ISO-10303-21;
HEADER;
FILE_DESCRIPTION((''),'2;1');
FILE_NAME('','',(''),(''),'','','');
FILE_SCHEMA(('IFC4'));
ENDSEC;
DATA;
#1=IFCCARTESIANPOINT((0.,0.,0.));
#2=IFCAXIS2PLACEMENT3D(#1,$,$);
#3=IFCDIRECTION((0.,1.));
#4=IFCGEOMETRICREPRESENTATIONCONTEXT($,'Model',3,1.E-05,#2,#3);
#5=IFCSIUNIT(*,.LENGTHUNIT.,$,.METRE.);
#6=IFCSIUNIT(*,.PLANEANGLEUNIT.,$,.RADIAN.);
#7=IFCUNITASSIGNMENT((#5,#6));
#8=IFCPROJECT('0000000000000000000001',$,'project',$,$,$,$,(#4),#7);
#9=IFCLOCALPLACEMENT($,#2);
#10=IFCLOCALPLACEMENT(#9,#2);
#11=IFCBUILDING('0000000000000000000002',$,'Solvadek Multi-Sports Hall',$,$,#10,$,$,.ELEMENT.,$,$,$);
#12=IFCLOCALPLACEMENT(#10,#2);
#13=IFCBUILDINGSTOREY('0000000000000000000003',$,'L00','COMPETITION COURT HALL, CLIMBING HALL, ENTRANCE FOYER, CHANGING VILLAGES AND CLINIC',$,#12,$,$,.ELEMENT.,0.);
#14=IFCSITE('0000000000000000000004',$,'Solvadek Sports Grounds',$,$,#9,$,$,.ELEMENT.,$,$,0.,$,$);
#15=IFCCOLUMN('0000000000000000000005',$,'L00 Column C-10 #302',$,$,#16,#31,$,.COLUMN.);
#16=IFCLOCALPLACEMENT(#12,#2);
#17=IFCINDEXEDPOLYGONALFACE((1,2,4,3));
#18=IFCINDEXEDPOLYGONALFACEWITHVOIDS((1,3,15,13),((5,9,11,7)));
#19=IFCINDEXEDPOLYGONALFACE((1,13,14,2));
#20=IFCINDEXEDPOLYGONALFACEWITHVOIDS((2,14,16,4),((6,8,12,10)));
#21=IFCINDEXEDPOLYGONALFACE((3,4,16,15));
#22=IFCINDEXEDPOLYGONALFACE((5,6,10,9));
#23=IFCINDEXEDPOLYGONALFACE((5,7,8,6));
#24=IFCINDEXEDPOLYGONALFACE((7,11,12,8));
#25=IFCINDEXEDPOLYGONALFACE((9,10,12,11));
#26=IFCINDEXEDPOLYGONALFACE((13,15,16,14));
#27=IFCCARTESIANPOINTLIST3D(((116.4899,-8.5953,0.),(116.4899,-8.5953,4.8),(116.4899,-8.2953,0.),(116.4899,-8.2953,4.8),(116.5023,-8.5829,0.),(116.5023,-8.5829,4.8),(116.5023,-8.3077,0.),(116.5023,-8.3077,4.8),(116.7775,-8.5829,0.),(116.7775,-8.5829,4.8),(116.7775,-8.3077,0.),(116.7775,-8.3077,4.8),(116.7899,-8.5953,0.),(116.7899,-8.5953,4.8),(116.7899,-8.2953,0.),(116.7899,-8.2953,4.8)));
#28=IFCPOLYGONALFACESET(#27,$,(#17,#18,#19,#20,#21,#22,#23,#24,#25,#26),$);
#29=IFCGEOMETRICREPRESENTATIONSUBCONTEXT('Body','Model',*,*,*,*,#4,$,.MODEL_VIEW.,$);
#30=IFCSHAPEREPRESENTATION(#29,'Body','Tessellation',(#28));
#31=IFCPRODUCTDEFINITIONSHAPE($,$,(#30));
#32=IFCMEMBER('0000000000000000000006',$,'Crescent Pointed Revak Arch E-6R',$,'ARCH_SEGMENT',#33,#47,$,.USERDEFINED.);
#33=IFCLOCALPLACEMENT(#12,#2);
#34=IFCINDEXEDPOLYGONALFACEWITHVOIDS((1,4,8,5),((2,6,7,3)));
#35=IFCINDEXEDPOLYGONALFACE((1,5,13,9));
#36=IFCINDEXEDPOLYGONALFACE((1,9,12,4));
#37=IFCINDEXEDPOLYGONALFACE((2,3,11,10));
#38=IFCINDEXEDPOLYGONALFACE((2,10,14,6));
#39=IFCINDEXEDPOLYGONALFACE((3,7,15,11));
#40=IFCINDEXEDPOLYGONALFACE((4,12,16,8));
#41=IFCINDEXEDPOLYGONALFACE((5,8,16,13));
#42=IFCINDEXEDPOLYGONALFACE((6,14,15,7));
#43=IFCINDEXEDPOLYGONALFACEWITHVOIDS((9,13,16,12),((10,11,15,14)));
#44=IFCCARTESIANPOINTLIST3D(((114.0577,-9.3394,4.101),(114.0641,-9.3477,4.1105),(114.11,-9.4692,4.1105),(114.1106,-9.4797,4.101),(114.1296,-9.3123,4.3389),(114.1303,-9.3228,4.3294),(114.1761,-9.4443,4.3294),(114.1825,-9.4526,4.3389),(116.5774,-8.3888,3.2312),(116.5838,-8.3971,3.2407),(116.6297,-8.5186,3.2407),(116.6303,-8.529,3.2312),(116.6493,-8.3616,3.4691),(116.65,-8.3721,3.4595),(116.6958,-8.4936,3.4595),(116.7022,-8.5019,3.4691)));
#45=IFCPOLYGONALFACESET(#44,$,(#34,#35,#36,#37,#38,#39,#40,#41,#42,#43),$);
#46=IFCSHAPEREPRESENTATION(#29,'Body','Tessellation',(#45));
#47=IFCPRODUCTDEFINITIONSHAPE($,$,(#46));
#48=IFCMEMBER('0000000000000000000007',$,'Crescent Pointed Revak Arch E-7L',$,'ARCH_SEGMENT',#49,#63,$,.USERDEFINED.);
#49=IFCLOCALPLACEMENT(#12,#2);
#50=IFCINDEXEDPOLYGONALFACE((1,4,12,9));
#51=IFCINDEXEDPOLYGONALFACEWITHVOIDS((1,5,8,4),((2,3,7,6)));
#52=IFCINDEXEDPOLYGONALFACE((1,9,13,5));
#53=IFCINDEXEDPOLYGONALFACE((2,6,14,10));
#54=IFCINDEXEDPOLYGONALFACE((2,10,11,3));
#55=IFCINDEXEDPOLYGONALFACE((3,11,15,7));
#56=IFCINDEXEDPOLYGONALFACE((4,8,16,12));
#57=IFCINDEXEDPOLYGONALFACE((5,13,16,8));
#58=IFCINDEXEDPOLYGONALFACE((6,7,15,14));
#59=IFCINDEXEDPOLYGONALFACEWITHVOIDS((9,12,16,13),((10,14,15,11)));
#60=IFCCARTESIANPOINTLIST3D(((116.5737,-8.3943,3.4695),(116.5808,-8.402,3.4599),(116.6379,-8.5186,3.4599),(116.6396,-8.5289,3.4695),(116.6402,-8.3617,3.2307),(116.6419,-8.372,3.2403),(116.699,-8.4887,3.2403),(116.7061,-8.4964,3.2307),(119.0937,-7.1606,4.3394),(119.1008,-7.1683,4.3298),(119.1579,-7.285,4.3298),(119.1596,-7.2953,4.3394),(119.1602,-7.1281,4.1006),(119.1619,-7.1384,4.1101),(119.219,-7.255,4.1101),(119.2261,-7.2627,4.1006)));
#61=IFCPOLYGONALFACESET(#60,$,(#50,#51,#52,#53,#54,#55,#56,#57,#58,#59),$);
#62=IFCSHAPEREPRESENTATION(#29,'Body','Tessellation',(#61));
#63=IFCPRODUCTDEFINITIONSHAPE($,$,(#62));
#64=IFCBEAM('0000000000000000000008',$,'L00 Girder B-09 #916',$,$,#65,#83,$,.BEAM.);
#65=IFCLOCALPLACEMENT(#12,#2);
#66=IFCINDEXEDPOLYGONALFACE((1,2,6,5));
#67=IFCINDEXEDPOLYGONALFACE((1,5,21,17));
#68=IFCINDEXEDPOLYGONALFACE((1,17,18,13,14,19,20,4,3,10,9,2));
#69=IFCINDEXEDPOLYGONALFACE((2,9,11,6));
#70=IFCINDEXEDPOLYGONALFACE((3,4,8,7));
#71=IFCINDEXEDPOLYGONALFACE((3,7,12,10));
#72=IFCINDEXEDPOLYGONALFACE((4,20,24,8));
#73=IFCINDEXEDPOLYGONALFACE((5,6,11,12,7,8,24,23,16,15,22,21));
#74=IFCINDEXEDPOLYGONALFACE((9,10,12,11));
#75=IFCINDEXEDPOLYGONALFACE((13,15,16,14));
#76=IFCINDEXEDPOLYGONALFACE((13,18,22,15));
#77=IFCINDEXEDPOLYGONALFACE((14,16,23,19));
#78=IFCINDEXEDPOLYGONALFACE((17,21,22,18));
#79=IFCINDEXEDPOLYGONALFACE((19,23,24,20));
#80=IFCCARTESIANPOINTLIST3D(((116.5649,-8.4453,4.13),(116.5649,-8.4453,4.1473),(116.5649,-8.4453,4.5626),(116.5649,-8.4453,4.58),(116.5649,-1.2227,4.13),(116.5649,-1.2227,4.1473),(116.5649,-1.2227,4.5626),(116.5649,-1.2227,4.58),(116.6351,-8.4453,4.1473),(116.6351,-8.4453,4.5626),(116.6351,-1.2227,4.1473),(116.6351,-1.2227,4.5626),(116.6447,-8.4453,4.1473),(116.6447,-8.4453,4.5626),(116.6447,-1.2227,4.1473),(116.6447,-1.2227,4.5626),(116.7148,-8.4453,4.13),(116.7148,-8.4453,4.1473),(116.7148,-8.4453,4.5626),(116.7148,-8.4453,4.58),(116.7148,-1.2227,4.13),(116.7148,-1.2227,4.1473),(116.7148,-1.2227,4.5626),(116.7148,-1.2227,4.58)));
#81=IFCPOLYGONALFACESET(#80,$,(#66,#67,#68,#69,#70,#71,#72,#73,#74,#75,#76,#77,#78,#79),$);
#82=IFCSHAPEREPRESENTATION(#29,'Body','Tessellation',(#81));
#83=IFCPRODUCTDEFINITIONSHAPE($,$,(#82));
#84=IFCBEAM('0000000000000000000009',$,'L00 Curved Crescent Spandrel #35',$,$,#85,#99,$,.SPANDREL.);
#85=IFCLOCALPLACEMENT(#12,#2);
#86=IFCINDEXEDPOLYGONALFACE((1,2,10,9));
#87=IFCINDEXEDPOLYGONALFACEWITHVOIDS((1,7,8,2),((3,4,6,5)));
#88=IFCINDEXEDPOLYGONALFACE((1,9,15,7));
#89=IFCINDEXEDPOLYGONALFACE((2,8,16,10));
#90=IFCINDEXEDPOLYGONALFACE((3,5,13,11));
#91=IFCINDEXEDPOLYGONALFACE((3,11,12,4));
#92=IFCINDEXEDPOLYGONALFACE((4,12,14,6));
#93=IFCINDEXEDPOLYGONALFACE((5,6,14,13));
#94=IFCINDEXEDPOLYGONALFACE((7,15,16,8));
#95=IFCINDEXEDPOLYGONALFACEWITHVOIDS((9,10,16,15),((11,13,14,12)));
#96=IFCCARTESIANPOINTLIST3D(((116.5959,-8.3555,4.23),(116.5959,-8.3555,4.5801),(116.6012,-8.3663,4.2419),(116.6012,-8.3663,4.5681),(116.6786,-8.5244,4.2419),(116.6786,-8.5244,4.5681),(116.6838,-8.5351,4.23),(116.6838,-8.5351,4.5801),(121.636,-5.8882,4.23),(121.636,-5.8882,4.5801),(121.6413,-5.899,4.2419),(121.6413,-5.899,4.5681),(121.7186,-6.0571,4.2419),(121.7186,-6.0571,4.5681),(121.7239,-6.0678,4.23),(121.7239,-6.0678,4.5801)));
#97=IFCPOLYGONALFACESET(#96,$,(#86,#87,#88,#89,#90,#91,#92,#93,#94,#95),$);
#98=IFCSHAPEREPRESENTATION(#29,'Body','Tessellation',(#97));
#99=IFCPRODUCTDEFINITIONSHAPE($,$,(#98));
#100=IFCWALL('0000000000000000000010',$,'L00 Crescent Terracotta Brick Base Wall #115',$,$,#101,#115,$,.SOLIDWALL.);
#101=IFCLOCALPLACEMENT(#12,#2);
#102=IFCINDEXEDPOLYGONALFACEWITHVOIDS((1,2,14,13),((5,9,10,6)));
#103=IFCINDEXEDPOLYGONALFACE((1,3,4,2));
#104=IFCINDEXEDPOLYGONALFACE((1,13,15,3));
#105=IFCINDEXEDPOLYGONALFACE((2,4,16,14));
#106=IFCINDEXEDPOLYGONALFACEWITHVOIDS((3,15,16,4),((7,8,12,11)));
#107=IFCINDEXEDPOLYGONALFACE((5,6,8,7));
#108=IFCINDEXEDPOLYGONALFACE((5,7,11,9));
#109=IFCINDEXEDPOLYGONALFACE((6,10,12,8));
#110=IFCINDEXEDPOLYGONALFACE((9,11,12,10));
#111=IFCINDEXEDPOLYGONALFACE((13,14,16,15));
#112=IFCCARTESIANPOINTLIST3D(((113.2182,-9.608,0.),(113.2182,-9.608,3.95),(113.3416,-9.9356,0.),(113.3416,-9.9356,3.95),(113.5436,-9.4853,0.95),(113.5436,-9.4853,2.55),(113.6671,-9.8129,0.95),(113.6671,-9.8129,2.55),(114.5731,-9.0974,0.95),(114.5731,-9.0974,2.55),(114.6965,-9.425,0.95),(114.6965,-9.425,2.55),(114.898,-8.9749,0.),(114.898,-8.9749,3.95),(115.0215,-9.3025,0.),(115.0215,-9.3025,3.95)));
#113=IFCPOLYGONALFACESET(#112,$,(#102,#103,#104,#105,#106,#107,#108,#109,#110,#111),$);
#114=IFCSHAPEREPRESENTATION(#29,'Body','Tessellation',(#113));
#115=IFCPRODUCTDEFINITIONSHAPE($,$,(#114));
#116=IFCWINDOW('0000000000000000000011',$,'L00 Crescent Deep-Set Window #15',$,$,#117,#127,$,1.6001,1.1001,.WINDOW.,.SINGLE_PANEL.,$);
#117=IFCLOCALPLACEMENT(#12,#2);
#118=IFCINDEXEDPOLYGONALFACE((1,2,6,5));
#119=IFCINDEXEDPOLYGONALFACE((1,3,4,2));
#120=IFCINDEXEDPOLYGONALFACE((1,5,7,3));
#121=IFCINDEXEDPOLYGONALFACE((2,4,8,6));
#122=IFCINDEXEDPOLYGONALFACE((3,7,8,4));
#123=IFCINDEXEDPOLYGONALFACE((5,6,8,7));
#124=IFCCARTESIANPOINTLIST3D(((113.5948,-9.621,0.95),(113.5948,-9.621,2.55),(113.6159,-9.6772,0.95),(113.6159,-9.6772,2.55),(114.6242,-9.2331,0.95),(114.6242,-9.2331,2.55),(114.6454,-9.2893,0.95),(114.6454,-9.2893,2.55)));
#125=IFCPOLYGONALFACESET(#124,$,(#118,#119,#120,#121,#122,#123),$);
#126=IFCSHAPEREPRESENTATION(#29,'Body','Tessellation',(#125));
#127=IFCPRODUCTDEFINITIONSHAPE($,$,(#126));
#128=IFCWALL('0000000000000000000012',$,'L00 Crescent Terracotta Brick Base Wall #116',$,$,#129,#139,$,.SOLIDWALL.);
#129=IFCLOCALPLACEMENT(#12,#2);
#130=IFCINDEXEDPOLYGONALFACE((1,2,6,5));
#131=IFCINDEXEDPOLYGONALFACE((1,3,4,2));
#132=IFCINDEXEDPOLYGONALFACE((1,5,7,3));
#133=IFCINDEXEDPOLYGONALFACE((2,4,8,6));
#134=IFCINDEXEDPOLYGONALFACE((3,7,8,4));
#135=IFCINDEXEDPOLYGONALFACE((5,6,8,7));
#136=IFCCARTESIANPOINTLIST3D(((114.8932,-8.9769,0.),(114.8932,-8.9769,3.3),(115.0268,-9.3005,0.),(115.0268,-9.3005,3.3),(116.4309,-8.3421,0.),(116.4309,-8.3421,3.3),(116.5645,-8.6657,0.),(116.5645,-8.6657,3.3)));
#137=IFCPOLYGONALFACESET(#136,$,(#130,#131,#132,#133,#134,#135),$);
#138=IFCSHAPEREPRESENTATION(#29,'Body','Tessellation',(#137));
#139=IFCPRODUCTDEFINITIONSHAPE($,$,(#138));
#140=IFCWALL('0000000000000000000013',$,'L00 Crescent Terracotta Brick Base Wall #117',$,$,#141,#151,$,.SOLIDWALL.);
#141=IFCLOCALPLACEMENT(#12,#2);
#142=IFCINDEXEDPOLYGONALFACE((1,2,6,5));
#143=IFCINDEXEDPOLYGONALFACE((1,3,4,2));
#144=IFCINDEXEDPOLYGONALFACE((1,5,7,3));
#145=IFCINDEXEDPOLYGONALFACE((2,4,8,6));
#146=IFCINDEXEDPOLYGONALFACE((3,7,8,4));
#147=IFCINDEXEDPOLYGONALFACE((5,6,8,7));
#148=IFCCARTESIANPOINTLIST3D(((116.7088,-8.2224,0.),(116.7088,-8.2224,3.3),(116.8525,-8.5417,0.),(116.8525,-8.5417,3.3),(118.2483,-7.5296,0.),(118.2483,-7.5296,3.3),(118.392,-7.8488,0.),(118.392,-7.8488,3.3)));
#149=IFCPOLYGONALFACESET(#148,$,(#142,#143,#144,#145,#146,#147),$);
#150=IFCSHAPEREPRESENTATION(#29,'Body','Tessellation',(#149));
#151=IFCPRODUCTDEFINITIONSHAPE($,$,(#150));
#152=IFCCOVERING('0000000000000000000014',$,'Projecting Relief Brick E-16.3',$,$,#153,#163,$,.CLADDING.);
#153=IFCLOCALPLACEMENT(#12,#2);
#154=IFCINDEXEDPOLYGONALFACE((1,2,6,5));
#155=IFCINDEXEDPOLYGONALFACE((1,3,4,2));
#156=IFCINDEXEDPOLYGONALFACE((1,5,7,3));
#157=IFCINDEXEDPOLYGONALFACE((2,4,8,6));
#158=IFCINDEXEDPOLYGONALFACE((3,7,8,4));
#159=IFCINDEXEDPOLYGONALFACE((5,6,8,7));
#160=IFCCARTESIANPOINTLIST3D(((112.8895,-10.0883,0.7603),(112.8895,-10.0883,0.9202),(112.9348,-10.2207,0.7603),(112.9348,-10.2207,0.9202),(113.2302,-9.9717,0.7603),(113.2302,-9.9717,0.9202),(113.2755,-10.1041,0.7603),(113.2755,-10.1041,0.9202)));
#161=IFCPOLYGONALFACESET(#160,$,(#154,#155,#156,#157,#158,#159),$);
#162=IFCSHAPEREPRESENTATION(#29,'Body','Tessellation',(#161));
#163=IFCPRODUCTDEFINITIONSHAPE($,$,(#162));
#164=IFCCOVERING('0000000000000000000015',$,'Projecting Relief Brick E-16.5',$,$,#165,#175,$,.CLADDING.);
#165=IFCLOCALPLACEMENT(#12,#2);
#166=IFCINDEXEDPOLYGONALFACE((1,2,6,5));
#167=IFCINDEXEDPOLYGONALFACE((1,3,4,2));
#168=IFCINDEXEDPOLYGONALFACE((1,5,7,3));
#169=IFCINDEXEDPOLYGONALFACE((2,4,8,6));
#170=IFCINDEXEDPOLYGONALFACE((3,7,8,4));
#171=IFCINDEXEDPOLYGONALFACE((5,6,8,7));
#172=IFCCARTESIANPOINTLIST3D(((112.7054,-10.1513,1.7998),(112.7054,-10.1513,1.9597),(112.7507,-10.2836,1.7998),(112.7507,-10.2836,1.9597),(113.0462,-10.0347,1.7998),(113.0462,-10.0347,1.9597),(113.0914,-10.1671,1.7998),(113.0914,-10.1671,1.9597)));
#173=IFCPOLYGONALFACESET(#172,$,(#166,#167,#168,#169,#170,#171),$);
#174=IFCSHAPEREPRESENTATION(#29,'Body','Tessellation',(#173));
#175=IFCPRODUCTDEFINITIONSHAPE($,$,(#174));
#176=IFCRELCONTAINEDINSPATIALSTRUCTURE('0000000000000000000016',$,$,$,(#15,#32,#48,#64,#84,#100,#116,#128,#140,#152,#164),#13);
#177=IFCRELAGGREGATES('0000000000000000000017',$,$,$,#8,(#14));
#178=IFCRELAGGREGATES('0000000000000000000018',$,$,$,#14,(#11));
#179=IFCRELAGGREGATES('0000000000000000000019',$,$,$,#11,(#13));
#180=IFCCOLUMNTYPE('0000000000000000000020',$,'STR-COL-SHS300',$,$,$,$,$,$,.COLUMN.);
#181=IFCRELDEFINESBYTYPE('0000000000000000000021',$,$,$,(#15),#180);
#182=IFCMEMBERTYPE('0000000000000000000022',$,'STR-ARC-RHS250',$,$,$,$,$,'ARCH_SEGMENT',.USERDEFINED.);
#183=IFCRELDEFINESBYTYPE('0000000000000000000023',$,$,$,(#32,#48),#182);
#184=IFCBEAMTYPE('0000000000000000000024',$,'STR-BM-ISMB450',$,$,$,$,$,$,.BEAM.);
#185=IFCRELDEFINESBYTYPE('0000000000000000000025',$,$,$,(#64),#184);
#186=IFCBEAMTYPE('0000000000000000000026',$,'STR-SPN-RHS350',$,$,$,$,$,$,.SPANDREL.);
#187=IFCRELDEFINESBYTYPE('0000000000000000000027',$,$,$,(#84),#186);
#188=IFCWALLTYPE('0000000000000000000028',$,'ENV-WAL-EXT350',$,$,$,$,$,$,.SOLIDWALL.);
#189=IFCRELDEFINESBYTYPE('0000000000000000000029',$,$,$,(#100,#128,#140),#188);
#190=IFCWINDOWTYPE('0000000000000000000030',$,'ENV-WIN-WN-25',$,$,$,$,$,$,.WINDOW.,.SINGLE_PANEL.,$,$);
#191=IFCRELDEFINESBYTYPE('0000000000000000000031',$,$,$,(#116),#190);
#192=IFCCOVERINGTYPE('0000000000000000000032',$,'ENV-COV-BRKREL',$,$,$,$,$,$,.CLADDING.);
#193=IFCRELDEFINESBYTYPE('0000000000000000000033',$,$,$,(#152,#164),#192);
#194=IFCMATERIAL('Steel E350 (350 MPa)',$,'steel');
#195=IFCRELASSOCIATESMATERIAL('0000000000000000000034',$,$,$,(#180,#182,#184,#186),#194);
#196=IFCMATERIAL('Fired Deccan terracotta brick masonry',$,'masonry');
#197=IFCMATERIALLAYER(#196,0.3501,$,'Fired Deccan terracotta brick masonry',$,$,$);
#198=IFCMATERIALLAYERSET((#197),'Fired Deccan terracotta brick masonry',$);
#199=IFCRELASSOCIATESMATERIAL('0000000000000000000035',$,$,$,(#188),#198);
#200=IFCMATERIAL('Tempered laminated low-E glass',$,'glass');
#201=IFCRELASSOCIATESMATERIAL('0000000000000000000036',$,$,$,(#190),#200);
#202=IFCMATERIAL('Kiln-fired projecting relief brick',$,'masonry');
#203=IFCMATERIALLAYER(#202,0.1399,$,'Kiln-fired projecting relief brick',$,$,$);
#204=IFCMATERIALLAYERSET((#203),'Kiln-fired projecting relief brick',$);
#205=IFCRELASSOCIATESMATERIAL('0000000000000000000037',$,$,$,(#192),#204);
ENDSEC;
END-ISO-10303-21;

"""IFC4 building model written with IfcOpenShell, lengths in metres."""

from ifc_helpers import new_model, si_unit, direction, frame, frame_2d, origin, origin_2d, place, context, subcontext, project, spatial, rectangle, hollow_rectangle, i_section, extrude, material, layer, layer_set, material_profile, profile_set, type_object, element, fill, save


model = new_model("IFC4")

# Units and contexts
model_context = context("Model", 3, precision=1e-05, world=origin(), true_north=direction((0.0, 1.0)))
body_context = subcontext(model_context, "Body", "Model", "MODEL_VIEW")
ifc_project = project(units=[si_unit("LENGTHUNIT", "METRE"), si_unit("PLANEANGLEUNIT", "RADIAN")], contexts=[model_context])

# Site, building, storey
site_placement = place(None, origin())
site = spatial("IfcSite", under=ifc_project, at=site_placement, Name="Solvadek Sports Grounds", CompositionType="ELEMENT", RefElevation=0.0)
building_placement = place(site_placement, origin())
building = spatial("IfcBuilding", under=site, at=building_placement, Name="Solvadek Multi-Sports Hall", CompositionType="ELEMENT")
storey_placement = place(building_placement, origin())
storey = spatial("IfcBuildingStorey", under=building, at=storey_placement, Name="L00", Description="COMPETITION COURT HALL, CLIMBING HALL, ENTRANCE FOYER, CHANGING VILLAGES AND CLINIC", CompositionType="ELEMENT", Elevation=0.0)

# Column
ifc_material_1 = material(Name="Steel E350 (350 MPa)", Category="steel")
ifc_material_profile_1 = material_profile(ifc_material_1, hollow_rectangle(XDim=0.3, YDim=0.3, WallThickness=0.0125, at=origin_2d()), Name="SHS 300x300x12.5")
ifc_profile_set_1 = profile_set([ifc_material_profile_1], Name="Steel E350 (350 MPa)")
column_type = type_object("IfcColumnType", Name="STR-COL-SHS300", PredefinedType="COLUMN", material=ifc_profile_set_1)
column_placement = place(storey_placement, frame((116.6399, -8.4453, 0.0), z_axis=(0.0, 0.0, 1.0), x_axis=(1.0, 0.0, 0.0)))
element("IfcColumn", 1, at=column_placement, inside=storey, type_object=column_type, Name="L00 Column C-10 #302", PredefinedType="COLUMN", context=body_context, shape_type="SweptSolid", body=[
    extrude(hollow_rectangle(XDim=0.3, YDim=0.3, WallThickness=0.0125, at=origin_2d()), origin(), (0.0, 0.0, 1.0), 4.8),
])

# Members
ifc_material_profile_2 = material_profile(ifc_material_1, hollow_rectangle(XDim=0.1499, YDim=0.25, WallThickness=0.01, at=origin_2d()), Name="RHS 250x150x10")
ifc_profile_set_2 = profile_set([ifc_material_profile_2], Name="Steel E350 (350 MPa)")
member_type = type_object("IfcMemberType", Name="STR-ARC-RHS250", ElementType="ARCH_SEGMENT", PredefinedType="USERDEFINED", material=ifc_profile_set_2)
member_1_placement = place(storey_placement, frame((114.1201, -9.396, 4.22), z_axis=(0.890333, 0.335913, -0.307359), x_axis=(-0.353, 0.935623, 0.0)))
element("IfcMember", 2, at=member_1_placement, inside=storey, type_object=member_type, Name="Crescent Pointed Revak Arch E-6R", ObjectType="ARCH_SEGMENT", PredefinedType="USERDEFINED", context=body_context, shape_type="SweptSolid", body=[
    extrude(hollow_rectangle(XDim=0.1499, YDim=0.25, WallThickness=0.01, at=origin_2d()), origin(), (0.0, 0.0, 1.0), 2.8301),
])
member_2_placement = place(storey_placement, frame((116.6399, -8.4453, 3.3501), z_axis=(0.857872, 0.41996, 0.296125), x_axis=(-0.43968, 0.898155, 0.0)))
element("IfcMember", 3, at=member_2_placement, inside=storey, type_object=member_type, Name="Crescent Pointed Revak Arch E-7L", ObjectType="ARCH_SEGMENT", PredefinedType="USERDEFINED", context=body_context, shape_type="SweptSolid", body=[
    extrude(hollow_rectangle(XDim=0.1499, YDim=0.25, WallThickness=0.01, at=origin_2d()), origin(), (0.0, 0.0, 1.0), 2.9375),
])

# Beams
ifc_material_profile_3 = material_profile(ifc_material_1, i_section(OverallWidth=0.1499, OverallDepth=0.45, WebThickness=0.0095, FlangeThickness=0.0173, at=origin_2d()), Name="ISMB 450")
ifc_profile_set_3 = profile_set([ifc_material_profile_3], Name="Steel E350 (350 MPa)")
beam_type_1 = type_object("IfcBeamType", Name="STR-BM-ISMB450", PredefinedType="BEAM", material=ifc_profile_set_3)
beam_1_placement = place(storey_placement, frame((116.6399, -8.4453, 4.355), z_axis=(0.0, 1.0, 0.0), x_axis=(-1.0, 0.0, 0.0)))
element("IfcBeam", 4, at=beam_1_placement, inside=storey, type_object=beam_type_1, Name="L00 Girder B-09 #916", PredefinedType="BEAM", context=body_context, shape_type="SweptSolid", body=[
    extrude(i_section(OverallWidth=0.1499, OverallDepth=0.45, WebThickness=0.0095, FlangeThickness=0.0173, at=origin_2d()), origin(), (0.0, 0.0, 1.0), 7.2227),
])
ifc_material_profile_4 = material_profile(ifc_material_1, hollow_rectangle(XDim=0.2, YDim=0.3501, WallThickness=0.012, at=origin_2d()), Name="RHS 350x200x12")
ifc_profile_set_4 = profile_set([ifc_material_profile_4], Name="Steel E350 (350 MPa)")
beam_type_2 = type_object("IfcBeamType", Name="STR-SPN-RHS350", PredefinedType="SPANDREL", material=ifc_profile_set_4)
beam_2_placement = place(storey_placement, frame((116.6399, -8.4453, 4.405), z_axis=(0.898155, 0.43968, 0.0), x_axis=(-0.43968, 0.898155, 0.0)))
element("IfcBeam", 5, at=beam_2_placement, inside=storey, type_object=beam_type_2, Name="L00 Curved Crescent Spandrel #35", PredefinedType="SPANDREL", context=body_context, shape_type="SweptSolid", body=[
    extrude(hollow_rectangle(XDim=0.2, YDim=0.3501, WallThickness=0.012, at=origin_2d()), origin(), (0.0, 0.0, 1.0), 5.6116),
])

# Wall, opening, window
ifc_material_2 = material(Name="Fired Deccan terracotta brick masonry", Category="masonry")
ifc_layer_1 = layer(ifc_material_2, 0.3501, Name="Fired Deccan terracotta brick masonry")
ifc_layer_set_1 = layer_set([ifc_layer_1], Name="Fired Deccan terracotta brick masonry")
wall_type = type_object("IfcWallType", Name="ENV-WAL-EXT350", PredefinedType="SOLIDWALL", material=ifc_layer_set_1)
wall_1_placement = place(storey_placement, frame((113.28, -9.7717, 0.0), z_axis=(0.0, 0.0, 1.0), x_axis=(0.935764, 0.352628, 0.0)))
wall_1 = element("IfcWall", 6, at=wall_1_placement, inside=storey, type_object=wall_type, Name="L00 Crescent Terracotta Brick Base Wall #115", PredefinedType="SOLIDWALL", context=body_context, shape_type="SweptSolid", body=[
    extrude(rectangle(XDim=1.7952, YDim=0.3501, at=frame_2d((0.8975, 0.0))), origin(), (0.0, 0.0, 1.0), 3.95),
])
opening_placement = place(wall_1_placement, frame((0.3477, 0.0, 0.95)))
opening = element("IfcOpeningElement", 7, at=opening_placement, cuts=wall_1, PredefinedType="OPENING", context=body_context, shape_type="SweptSolid", body=[
    extrude(rectangle(XDim=1.1001, YDim=1.6001, at=frame_2d((0.55, 0.8))), frame((0.0, 0.1851, 0.0), z_axis=(0.0, -1.0, 0.0), x_axis=(1.0, 0.0, 0.0)), (0.0, 0.0, 1.0), 0.3701),
])
ifc_material_3 = material(Name="Tempered laminated low-E glass", Category="glass")
window_type = type_object("IfcWindowType", Name="ENV-WIN-WN-25", PartitioningType="SINGLE_PANEL", PredefinedType="WINDOW", material=ifc_material_3)
window_placement = place(opening_placement, origin())
window = element("IfcWindow", 8, at=window_placement, inside=storey, type_object=window_type, Name="L00 Crescent Deep-Set Window #15", OverallHeight=1.6001, OverallWidth=1.1001, PartitioningType="SINGLE_PANEL", PredefinedType="WINDOW", context=body_context, shape_type="SweptSolid", body=[
    extrude(rectangle(XDim=1.1001, YDim=1.6001, at=frame_2d((0.55, 0.8))), frame((0.0, 0.03, 0.0), z_axis=(0.0, -1.0, 0.0), x_axis=(1.0, 0.0, 0.0)), (0.0, 0.0, 1.0), 0.0601),
])
fill(opening, window)

# Walls
wall_2_placement = place(storey_placement, frame((114.96, -9.1387, 0.0), z_axis=(0.0, 0.0, 1.0), x_axis=(0.924331, 0.381591, 0.0)))
element("IfcWall", 9, at=wall_2_placement, inside=storey, type_object=wall_type, Name="L00 Crescent Terracotta Brick Base Wall #116", PredefinedType="SOLIDWALL", context=body_context, shape_type="SweptSolid", body=[
    extrude(rectangle(XDim=1.6636, YDim=0.3501, at=frame_2d((0.8318, 0.0))), origin(), (0.0, 0.0, 1.0), 3.3),
])
wall_3_placement = place(storey_placement, frame((116.7805, -8.3821, 0.0), z_axis=(0.0, 0.0, 1.0), x_axis=(0.911905, 0.410401, 0.0)))
element("IfcWall", 10, at=wall_3_placement, inside=storey, type_object=wall_type, Name="L00 Crescent Terracotta Brick Base Wall #117", PredefinedType="SOLIDWALL", context=body_context, shape_type="SweptSolid", body=[
    extrude(rectangle(XDim=1.6882, YDim=0.3501, at=frame_2d((0.8442, 0.0))), origin(), (0.0, 0.0, 1.0), 3.3),
])

# Coverings
ifc_material_4 = material(Name="Kiln-fired projecting relief brick", Category="masonry")
ifc_layer_2 = layer(ifc_material_4, 0.1399, Name="Kiln-fired projecting relief brick")
ifc_layer_set_2 = layer_set([ifc_layer_2], Name="Kiln-fired projecting relief brick")
covering_type = type_object("IfcCoveringType", Name="ENV-COV-BRKREL", PredefinedType="CLADDING", material=ifc_layer_set_2)
for number, where, z_axis, x_axis, name in (
    (11, (113.0825, -10.0962, 0.7603), (0.0, 0.0, 1.0), (0.946153, 0.32372, 0.0), "Projecting Relief Brick E-16.3"),
    (12, (112.8984, -10.1592, 1.7998), (0.0, 0.0, 1.0), (0.946153, 0.32372, 0.0), "Projecting Relief Brick E-16.5"),
):
    element("IfcCovering", number, at=place(storey_placement, frame(where, z_axis=z_axis, x_axis=x_axis)), inside=storey, type_object=covering_type, Name=name, PredefinedType="CLADDING", context=body_context, shape_type="SweptSolid", body=[
        extrude(rectangle(XDim=0.3601, YDim=0.1399, at=origin_2d()), origin(), (0.0, 0.0, 1.0), 0.1599),
    ])

save(model, "model.ifc")
